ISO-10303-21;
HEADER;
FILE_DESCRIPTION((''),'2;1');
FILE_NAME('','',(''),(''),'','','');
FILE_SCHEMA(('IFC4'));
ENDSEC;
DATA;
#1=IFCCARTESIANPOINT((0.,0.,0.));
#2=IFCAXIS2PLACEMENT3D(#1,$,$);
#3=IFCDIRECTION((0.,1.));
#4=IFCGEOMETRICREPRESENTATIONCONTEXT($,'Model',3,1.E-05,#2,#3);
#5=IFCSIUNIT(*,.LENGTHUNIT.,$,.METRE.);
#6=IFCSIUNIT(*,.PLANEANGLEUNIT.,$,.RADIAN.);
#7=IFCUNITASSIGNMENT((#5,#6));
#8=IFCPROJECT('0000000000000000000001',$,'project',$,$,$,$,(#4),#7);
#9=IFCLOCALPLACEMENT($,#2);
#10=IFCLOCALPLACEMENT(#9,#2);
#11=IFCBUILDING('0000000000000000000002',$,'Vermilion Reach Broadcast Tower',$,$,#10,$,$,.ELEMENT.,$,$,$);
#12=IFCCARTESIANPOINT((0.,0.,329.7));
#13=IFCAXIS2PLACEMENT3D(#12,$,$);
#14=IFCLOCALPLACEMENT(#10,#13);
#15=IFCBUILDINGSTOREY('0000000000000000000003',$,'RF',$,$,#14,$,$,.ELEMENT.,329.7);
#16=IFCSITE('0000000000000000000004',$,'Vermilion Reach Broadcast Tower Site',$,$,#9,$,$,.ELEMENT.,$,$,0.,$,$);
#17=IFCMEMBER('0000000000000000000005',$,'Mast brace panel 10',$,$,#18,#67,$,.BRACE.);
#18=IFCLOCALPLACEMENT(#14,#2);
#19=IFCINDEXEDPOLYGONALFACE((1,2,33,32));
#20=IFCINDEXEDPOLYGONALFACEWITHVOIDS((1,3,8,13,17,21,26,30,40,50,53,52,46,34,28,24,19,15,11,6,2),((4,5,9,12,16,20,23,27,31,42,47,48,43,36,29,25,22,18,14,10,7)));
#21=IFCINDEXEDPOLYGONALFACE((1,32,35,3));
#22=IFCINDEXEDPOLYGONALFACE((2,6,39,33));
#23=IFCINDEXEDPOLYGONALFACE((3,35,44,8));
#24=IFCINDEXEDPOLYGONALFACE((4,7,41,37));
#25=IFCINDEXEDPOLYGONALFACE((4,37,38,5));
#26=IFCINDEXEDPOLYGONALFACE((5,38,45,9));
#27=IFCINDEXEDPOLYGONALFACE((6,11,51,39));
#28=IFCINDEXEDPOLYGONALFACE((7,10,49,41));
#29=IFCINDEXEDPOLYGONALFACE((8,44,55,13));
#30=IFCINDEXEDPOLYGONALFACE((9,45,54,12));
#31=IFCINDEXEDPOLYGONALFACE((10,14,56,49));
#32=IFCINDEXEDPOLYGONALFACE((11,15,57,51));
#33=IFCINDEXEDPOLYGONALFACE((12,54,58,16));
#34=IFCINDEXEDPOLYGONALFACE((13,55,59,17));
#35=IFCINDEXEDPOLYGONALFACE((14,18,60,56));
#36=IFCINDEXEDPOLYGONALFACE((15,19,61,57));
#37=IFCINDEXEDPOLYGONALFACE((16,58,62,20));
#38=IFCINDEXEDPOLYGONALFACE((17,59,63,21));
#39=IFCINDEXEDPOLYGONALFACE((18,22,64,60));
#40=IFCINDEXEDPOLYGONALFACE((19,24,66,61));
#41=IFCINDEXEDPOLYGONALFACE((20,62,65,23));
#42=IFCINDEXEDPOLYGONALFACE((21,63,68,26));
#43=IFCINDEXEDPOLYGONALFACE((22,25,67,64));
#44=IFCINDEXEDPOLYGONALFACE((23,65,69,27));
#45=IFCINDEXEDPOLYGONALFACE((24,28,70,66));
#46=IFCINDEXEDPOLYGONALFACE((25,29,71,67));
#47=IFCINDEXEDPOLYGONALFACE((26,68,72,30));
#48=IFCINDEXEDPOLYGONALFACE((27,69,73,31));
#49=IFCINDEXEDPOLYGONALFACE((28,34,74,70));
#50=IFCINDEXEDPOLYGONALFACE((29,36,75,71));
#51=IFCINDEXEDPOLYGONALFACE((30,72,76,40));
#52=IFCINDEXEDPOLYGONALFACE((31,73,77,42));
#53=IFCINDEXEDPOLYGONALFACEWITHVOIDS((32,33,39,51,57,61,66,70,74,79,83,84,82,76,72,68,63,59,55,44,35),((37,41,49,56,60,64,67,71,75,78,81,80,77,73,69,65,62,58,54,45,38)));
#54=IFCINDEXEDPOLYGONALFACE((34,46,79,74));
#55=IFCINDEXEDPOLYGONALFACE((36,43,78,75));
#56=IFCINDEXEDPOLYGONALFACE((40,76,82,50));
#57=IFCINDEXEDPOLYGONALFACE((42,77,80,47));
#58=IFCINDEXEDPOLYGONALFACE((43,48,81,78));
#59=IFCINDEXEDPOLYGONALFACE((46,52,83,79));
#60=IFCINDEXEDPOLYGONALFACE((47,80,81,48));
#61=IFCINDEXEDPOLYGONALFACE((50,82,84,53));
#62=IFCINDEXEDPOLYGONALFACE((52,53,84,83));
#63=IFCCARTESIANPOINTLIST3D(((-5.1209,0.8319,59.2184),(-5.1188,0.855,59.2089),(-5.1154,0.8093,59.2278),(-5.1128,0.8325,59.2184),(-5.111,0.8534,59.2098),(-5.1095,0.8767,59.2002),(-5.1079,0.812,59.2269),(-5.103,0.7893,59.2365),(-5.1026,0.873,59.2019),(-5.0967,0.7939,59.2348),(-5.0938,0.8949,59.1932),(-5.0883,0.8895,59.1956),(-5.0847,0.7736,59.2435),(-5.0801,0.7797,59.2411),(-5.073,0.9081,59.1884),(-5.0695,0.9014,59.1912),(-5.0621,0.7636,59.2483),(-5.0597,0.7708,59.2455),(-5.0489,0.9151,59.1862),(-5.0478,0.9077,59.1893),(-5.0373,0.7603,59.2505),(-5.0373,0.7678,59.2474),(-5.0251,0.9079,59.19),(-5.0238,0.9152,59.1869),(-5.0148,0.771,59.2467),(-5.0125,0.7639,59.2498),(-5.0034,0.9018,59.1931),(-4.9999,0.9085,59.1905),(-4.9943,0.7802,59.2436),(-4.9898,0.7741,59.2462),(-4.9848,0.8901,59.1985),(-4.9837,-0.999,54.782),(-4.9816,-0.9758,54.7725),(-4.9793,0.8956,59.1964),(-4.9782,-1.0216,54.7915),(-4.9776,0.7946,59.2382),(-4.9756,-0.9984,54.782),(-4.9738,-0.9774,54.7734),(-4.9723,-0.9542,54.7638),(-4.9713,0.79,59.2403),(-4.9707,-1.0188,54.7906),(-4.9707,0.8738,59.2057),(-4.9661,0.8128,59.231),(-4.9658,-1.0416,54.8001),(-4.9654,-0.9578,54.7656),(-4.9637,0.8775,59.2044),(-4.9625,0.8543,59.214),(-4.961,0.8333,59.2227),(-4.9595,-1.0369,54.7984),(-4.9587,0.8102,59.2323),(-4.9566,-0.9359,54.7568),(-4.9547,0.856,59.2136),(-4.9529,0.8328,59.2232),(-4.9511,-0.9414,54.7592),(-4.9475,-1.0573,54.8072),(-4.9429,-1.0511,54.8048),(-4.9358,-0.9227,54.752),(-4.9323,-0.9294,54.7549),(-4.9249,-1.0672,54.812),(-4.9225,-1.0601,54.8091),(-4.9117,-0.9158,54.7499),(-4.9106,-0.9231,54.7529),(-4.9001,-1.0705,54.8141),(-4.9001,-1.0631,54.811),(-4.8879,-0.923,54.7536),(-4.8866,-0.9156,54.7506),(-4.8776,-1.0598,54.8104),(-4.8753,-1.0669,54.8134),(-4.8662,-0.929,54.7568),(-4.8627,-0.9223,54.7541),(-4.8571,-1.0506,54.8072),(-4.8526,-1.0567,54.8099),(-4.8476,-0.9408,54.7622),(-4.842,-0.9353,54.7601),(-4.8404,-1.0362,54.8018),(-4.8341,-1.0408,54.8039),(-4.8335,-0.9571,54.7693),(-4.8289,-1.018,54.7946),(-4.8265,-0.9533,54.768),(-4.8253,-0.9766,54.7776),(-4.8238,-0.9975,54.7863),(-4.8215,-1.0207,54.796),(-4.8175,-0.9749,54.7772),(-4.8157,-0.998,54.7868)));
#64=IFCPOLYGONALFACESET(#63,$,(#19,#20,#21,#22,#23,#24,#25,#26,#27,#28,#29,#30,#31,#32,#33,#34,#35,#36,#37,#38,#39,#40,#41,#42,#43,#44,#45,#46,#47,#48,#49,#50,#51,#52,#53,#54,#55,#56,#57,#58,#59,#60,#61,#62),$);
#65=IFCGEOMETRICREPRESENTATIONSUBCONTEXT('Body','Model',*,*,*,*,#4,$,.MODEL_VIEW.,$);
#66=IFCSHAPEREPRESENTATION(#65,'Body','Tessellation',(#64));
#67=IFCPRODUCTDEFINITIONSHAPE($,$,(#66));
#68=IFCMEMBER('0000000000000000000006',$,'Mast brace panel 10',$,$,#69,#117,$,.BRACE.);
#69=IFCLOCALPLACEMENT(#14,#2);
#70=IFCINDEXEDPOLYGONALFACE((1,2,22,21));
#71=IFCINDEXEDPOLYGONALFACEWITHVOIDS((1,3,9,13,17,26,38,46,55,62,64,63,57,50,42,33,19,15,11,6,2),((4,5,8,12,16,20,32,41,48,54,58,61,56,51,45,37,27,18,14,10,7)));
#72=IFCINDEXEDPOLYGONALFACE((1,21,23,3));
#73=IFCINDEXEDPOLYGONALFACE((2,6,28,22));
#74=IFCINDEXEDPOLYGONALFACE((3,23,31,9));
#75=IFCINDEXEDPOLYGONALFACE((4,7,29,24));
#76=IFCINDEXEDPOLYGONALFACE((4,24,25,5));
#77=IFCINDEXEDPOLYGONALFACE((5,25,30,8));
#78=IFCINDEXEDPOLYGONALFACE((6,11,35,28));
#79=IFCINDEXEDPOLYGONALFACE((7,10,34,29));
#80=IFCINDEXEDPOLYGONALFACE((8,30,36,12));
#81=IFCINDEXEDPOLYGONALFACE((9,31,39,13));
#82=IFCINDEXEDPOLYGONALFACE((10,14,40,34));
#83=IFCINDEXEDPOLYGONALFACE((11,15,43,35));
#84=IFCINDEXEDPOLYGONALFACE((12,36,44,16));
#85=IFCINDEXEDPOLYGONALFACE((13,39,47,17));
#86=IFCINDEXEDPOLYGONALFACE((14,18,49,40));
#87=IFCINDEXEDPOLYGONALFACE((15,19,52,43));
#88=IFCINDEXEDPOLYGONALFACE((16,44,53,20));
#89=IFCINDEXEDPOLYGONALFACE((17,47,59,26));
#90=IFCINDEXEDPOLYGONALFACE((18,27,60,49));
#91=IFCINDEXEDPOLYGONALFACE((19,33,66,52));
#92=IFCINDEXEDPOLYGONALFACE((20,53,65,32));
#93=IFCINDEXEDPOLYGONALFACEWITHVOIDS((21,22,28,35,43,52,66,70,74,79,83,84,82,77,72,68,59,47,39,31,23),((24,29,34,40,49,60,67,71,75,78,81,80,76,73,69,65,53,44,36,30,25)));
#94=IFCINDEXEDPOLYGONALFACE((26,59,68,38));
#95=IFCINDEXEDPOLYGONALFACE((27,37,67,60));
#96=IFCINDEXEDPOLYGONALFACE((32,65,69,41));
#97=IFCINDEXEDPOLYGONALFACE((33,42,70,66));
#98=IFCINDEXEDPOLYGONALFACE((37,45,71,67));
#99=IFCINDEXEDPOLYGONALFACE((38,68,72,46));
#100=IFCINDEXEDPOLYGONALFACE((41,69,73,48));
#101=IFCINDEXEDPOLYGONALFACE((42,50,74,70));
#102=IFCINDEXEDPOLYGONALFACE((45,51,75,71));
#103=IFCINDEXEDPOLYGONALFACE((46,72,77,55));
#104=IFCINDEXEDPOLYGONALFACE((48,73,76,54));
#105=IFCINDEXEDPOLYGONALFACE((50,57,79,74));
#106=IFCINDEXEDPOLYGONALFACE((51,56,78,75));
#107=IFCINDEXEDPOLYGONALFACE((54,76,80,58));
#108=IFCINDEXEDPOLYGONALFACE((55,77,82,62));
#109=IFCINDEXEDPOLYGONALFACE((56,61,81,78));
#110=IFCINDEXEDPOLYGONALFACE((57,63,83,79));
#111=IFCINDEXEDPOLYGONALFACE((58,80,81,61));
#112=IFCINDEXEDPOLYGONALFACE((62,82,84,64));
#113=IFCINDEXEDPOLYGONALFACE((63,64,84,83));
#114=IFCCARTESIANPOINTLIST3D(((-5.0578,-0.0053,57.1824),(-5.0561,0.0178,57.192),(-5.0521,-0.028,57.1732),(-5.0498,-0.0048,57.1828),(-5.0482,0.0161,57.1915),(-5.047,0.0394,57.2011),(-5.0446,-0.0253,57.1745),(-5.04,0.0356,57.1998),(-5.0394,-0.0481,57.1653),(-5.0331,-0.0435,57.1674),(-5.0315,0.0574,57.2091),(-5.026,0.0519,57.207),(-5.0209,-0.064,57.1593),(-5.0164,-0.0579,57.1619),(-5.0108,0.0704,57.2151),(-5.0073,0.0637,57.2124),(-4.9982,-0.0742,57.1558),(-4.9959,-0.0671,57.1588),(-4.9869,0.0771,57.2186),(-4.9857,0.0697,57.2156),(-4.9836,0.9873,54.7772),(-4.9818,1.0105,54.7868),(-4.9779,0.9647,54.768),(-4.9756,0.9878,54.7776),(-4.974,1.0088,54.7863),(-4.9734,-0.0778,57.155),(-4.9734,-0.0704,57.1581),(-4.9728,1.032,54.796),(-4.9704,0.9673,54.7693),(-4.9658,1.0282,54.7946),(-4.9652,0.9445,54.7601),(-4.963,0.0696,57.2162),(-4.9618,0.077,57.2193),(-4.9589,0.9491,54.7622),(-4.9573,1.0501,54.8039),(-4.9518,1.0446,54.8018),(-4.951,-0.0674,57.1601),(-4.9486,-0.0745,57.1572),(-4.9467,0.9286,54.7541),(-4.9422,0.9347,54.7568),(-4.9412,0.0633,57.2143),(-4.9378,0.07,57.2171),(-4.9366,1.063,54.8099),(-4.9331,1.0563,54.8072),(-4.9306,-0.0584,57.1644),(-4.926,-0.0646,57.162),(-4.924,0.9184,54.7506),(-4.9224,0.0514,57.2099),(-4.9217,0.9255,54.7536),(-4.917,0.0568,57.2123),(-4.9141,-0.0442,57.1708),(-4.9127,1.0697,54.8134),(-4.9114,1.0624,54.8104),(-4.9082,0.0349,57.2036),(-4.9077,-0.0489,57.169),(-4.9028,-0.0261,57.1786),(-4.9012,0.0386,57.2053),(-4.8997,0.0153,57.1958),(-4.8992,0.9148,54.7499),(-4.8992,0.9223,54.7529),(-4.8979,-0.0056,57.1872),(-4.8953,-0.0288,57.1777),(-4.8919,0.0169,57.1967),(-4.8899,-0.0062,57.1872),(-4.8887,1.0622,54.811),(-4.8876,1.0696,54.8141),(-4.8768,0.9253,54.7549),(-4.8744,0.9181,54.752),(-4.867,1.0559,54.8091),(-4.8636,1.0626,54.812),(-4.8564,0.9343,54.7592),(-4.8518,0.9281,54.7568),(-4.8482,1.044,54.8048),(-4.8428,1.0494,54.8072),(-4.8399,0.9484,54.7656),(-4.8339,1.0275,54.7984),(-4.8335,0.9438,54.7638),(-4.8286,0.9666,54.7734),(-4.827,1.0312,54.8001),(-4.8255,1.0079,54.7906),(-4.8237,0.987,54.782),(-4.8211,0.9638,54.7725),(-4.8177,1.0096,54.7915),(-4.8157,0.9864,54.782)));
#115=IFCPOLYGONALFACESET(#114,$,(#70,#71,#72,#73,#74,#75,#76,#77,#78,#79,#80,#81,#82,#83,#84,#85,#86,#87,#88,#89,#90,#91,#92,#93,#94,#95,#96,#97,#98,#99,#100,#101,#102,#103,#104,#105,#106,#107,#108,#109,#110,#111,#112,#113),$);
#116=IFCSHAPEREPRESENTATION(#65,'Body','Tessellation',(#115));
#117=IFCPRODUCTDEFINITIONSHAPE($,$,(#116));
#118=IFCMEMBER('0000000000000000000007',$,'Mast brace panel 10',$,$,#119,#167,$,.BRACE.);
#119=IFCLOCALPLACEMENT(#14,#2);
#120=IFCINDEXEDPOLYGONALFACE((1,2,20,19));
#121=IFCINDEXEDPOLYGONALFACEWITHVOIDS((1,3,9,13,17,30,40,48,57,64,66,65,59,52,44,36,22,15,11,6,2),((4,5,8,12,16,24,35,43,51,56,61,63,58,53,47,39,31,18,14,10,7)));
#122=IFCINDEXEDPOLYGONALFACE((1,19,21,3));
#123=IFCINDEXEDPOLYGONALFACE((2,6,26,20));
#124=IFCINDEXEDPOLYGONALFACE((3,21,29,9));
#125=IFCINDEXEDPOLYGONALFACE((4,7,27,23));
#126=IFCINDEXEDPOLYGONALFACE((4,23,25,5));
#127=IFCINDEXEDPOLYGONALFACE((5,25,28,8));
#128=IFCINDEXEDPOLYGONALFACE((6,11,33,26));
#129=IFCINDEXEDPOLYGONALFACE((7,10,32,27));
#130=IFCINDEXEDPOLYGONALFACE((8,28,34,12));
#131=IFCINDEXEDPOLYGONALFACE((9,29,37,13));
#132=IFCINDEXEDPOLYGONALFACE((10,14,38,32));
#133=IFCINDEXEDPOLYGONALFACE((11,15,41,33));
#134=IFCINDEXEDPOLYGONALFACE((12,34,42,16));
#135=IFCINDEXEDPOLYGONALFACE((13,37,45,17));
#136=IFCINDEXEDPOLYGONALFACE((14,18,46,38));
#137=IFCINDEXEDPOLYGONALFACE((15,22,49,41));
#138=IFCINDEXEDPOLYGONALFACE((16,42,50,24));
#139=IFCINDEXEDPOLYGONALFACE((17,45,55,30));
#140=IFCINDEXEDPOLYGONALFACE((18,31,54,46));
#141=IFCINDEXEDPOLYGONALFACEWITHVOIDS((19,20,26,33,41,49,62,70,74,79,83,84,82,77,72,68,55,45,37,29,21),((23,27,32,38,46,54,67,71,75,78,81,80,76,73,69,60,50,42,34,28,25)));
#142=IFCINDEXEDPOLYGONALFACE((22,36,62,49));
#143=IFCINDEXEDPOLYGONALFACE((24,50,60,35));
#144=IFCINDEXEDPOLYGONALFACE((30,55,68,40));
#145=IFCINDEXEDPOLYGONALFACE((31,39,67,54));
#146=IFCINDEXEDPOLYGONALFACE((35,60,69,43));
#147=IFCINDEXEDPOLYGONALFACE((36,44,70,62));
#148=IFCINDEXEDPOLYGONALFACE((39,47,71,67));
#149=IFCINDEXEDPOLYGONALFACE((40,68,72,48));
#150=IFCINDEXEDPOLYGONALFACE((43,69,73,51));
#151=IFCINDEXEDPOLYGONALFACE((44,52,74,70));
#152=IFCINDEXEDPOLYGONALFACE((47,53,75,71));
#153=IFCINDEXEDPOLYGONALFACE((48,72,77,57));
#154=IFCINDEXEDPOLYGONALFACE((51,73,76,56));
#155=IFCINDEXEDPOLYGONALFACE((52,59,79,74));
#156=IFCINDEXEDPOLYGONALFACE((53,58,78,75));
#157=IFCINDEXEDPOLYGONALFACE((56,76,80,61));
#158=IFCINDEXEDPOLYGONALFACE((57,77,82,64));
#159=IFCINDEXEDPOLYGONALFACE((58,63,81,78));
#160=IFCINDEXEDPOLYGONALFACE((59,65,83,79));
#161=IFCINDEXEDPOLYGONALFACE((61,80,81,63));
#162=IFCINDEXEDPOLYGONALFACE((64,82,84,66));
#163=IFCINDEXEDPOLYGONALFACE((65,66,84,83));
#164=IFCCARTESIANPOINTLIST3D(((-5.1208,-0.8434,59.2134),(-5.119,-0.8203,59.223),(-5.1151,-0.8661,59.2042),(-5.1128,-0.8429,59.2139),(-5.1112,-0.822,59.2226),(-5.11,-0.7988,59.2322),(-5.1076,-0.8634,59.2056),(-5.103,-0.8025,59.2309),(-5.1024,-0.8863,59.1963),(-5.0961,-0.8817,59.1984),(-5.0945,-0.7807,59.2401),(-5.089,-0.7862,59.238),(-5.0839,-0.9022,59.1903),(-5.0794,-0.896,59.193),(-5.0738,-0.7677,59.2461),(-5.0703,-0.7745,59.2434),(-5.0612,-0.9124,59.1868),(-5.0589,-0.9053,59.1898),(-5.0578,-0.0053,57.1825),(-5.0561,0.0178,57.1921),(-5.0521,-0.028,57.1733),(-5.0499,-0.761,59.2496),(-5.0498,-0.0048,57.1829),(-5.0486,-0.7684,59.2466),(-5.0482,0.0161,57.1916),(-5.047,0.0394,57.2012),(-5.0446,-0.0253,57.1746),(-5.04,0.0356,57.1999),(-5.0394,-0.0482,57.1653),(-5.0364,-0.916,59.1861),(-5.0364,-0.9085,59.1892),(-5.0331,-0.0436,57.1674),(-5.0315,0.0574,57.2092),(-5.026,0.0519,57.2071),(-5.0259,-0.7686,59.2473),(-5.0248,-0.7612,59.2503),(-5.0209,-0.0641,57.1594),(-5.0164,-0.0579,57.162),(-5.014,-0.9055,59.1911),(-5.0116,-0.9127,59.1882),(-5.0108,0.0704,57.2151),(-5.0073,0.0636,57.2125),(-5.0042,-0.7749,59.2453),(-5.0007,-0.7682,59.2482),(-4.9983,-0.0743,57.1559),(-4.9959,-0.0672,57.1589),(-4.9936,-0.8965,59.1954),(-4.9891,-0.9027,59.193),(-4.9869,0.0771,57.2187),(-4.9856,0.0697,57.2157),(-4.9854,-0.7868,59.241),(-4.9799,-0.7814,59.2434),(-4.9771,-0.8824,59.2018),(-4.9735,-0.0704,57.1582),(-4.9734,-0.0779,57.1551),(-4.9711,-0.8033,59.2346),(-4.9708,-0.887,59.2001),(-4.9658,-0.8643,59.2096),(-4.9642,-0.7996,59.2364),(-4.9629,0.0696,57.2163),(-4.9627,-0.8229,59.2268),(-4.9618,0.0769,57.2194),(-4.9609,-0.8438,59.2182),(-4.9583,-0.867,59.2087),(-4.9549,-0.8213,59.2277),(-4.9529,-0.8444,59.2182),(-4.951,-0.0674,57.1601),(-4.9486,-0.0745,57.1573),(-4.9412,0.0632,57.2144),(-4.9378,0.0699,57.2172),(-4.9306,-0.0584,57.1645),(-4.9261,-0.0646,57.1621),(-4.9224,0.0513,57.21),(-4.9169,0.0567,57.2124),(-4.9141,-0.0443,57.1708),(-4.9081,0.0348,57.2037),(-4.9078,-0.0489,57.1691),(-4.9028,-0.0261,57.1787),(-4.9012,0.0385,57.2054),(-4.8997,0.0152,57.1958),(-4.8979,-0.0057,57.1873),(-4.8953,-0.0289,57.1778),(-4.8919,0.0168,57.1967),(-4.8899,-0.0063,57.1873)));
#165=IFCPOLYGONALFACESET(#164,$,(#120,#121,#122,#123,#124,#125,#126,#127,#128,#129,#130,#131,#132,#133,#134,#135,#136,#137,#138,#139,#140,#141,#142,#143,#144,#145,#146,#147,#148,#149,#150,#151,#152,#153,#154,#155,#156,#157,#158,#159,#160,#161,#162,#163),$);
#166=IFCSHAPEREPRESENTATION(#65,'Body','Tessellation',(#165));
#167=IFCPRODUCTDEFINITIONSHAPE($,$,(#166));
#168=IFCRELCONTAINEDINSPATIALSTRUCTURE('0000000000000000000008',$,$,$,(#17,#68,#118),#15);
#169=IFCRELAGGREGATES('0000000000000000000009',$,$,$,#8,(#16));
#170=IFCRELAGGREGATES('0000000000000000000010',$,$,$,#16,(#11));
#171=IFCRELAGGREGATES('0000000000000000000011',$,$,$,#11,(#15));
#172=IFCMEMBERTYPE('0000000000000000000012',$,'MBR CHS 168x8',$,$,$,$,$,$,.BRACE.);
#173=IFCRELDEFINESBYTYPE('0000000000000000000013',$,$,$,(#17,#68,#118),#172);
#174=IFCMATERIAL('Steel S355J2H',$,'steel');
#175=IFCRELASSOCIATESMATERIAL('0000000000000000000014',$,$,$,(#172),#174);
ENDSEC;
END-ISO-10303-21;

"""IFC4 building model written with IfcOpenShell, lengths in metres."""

from ifc_helpers import new_model, si_unit, direction, frame, origin, origin_2d, place, context, subcontext, project, spatial, hollow_circle, extrude, material, material_profile, profile_set, type_object, element, save


model = new_model("IFC4")

# Units and contexts
model_context = context("Model", 3, precision=1e-05, world=origin(), true_north=direction((0.0, 1.0)))
body_context = subcontext(model_context, "Body", "Model", "MODEL_VIEW")
ifc_project = project(units=[si_unit("LENGTHUNIT", "METRE"), si_unit("PLANEANGLEUNIT", "RADIAN")], contexts=[model_context])

# Site, building, storey
site_placement = place(None, origin())
site = spatial("IfcSite", under=ifc_project, at=site_placement, Name="Vermilion Reach Broadcast Tower Site", CompositionType="ELEMENT", RefElevation=0.0)
building_placement = place(site_placement, origin())
building = spatial("IfcBuilding", under=site, at=building_placement, Name="Vermilion Reach Broadcast Tower", CompositionType="ELEMENT")
storey_placement = place(building_placement, frame((0.0, 0.0, 329.7)))
storey = spatial("IfcBuildingStorey", under=building, at=storey_placement, Name="RF", CompositionType="ELEMENT", Elevation=329.7)

# Members
ifc_material_1 = material(Name="Steel S355J2H", Category="steel")
ifc_material_profile_1 = material_profile(ifc_material_1, hollow_circle(Radius=0.0842, WallThickness=0.0081, at=origin_2d()), Name="S355J2H CHS 168x8")
ifc_profile_set_1 = profile_set([ifc_material_profile_1], Name="Steel S355J2H")
member_type_1 = type_object("IfcMemberType", Name="MBR CHS 168x8", PredefinedType="BRACE", material=ifc_profile_set_1)
member_1_placement = place(storey_placement, frame((-4.8997, -0.9927, 54.782), z_axis=(-0.028578, 0.381326, 0.923999), x_axis=(-0.997204, -0.074734, 0.0)))
element("IfcMember", 1, at=member_1_placement, inside=storey, type_object=member_type_1, Name="Mast brace panel 10", PredefinedType="BRACE", context=body_context, shape_type="SweptSolid", body=[
    extrude(hollow_circle(Radius=0.0842, WallThickness=0.0081, at=origin_2d()), origin(), (0.0, 0.0, 1.0), 4.8013),
])
member_2_placement = place(storey_placement, frame((-4.8997, 0.9927, 54.782), z_axis=(-0.028511, -0.38134, 0.923995), x_axis=(0.997217, -0.074558, 0.0)))
element("IfcMember", 2, at=member_2_placement, inside=storey, type_object=member_type_1, Name="Mast brace panel 10", PredefinedType="BRACE", context=body_context, shape_type="SweptSolid", body=[
    extrude(hollow_circle(Radius=0.0842, WallThickness=0.0081, at=origin_2d()), origin(), (0.0, 0.0, 1.0), 2.603),
])
member_3_placement = place(storey_placement, frame((-4.9739, 0.0, 57.1873), z_axis=(-0.028656, -0.381308, 0.924004), x_axis=(0.997188, -0.074942, 0.0)))
element("IfcMember", 3, at=member_3_placement, inside=storey, type_object=member_type_1, Name="Mast brace panel 10", PredefinedType="BRACE", context=body_context, shape_type="SweptSolid", body=[
    extrude(hollow_circle(Radius=0.0842, WallThickness=0.0081, at=origin_2d()), origin(), (0.0, 0.0, 1.0), 2.198),
])

save(model, "model.ifc")
